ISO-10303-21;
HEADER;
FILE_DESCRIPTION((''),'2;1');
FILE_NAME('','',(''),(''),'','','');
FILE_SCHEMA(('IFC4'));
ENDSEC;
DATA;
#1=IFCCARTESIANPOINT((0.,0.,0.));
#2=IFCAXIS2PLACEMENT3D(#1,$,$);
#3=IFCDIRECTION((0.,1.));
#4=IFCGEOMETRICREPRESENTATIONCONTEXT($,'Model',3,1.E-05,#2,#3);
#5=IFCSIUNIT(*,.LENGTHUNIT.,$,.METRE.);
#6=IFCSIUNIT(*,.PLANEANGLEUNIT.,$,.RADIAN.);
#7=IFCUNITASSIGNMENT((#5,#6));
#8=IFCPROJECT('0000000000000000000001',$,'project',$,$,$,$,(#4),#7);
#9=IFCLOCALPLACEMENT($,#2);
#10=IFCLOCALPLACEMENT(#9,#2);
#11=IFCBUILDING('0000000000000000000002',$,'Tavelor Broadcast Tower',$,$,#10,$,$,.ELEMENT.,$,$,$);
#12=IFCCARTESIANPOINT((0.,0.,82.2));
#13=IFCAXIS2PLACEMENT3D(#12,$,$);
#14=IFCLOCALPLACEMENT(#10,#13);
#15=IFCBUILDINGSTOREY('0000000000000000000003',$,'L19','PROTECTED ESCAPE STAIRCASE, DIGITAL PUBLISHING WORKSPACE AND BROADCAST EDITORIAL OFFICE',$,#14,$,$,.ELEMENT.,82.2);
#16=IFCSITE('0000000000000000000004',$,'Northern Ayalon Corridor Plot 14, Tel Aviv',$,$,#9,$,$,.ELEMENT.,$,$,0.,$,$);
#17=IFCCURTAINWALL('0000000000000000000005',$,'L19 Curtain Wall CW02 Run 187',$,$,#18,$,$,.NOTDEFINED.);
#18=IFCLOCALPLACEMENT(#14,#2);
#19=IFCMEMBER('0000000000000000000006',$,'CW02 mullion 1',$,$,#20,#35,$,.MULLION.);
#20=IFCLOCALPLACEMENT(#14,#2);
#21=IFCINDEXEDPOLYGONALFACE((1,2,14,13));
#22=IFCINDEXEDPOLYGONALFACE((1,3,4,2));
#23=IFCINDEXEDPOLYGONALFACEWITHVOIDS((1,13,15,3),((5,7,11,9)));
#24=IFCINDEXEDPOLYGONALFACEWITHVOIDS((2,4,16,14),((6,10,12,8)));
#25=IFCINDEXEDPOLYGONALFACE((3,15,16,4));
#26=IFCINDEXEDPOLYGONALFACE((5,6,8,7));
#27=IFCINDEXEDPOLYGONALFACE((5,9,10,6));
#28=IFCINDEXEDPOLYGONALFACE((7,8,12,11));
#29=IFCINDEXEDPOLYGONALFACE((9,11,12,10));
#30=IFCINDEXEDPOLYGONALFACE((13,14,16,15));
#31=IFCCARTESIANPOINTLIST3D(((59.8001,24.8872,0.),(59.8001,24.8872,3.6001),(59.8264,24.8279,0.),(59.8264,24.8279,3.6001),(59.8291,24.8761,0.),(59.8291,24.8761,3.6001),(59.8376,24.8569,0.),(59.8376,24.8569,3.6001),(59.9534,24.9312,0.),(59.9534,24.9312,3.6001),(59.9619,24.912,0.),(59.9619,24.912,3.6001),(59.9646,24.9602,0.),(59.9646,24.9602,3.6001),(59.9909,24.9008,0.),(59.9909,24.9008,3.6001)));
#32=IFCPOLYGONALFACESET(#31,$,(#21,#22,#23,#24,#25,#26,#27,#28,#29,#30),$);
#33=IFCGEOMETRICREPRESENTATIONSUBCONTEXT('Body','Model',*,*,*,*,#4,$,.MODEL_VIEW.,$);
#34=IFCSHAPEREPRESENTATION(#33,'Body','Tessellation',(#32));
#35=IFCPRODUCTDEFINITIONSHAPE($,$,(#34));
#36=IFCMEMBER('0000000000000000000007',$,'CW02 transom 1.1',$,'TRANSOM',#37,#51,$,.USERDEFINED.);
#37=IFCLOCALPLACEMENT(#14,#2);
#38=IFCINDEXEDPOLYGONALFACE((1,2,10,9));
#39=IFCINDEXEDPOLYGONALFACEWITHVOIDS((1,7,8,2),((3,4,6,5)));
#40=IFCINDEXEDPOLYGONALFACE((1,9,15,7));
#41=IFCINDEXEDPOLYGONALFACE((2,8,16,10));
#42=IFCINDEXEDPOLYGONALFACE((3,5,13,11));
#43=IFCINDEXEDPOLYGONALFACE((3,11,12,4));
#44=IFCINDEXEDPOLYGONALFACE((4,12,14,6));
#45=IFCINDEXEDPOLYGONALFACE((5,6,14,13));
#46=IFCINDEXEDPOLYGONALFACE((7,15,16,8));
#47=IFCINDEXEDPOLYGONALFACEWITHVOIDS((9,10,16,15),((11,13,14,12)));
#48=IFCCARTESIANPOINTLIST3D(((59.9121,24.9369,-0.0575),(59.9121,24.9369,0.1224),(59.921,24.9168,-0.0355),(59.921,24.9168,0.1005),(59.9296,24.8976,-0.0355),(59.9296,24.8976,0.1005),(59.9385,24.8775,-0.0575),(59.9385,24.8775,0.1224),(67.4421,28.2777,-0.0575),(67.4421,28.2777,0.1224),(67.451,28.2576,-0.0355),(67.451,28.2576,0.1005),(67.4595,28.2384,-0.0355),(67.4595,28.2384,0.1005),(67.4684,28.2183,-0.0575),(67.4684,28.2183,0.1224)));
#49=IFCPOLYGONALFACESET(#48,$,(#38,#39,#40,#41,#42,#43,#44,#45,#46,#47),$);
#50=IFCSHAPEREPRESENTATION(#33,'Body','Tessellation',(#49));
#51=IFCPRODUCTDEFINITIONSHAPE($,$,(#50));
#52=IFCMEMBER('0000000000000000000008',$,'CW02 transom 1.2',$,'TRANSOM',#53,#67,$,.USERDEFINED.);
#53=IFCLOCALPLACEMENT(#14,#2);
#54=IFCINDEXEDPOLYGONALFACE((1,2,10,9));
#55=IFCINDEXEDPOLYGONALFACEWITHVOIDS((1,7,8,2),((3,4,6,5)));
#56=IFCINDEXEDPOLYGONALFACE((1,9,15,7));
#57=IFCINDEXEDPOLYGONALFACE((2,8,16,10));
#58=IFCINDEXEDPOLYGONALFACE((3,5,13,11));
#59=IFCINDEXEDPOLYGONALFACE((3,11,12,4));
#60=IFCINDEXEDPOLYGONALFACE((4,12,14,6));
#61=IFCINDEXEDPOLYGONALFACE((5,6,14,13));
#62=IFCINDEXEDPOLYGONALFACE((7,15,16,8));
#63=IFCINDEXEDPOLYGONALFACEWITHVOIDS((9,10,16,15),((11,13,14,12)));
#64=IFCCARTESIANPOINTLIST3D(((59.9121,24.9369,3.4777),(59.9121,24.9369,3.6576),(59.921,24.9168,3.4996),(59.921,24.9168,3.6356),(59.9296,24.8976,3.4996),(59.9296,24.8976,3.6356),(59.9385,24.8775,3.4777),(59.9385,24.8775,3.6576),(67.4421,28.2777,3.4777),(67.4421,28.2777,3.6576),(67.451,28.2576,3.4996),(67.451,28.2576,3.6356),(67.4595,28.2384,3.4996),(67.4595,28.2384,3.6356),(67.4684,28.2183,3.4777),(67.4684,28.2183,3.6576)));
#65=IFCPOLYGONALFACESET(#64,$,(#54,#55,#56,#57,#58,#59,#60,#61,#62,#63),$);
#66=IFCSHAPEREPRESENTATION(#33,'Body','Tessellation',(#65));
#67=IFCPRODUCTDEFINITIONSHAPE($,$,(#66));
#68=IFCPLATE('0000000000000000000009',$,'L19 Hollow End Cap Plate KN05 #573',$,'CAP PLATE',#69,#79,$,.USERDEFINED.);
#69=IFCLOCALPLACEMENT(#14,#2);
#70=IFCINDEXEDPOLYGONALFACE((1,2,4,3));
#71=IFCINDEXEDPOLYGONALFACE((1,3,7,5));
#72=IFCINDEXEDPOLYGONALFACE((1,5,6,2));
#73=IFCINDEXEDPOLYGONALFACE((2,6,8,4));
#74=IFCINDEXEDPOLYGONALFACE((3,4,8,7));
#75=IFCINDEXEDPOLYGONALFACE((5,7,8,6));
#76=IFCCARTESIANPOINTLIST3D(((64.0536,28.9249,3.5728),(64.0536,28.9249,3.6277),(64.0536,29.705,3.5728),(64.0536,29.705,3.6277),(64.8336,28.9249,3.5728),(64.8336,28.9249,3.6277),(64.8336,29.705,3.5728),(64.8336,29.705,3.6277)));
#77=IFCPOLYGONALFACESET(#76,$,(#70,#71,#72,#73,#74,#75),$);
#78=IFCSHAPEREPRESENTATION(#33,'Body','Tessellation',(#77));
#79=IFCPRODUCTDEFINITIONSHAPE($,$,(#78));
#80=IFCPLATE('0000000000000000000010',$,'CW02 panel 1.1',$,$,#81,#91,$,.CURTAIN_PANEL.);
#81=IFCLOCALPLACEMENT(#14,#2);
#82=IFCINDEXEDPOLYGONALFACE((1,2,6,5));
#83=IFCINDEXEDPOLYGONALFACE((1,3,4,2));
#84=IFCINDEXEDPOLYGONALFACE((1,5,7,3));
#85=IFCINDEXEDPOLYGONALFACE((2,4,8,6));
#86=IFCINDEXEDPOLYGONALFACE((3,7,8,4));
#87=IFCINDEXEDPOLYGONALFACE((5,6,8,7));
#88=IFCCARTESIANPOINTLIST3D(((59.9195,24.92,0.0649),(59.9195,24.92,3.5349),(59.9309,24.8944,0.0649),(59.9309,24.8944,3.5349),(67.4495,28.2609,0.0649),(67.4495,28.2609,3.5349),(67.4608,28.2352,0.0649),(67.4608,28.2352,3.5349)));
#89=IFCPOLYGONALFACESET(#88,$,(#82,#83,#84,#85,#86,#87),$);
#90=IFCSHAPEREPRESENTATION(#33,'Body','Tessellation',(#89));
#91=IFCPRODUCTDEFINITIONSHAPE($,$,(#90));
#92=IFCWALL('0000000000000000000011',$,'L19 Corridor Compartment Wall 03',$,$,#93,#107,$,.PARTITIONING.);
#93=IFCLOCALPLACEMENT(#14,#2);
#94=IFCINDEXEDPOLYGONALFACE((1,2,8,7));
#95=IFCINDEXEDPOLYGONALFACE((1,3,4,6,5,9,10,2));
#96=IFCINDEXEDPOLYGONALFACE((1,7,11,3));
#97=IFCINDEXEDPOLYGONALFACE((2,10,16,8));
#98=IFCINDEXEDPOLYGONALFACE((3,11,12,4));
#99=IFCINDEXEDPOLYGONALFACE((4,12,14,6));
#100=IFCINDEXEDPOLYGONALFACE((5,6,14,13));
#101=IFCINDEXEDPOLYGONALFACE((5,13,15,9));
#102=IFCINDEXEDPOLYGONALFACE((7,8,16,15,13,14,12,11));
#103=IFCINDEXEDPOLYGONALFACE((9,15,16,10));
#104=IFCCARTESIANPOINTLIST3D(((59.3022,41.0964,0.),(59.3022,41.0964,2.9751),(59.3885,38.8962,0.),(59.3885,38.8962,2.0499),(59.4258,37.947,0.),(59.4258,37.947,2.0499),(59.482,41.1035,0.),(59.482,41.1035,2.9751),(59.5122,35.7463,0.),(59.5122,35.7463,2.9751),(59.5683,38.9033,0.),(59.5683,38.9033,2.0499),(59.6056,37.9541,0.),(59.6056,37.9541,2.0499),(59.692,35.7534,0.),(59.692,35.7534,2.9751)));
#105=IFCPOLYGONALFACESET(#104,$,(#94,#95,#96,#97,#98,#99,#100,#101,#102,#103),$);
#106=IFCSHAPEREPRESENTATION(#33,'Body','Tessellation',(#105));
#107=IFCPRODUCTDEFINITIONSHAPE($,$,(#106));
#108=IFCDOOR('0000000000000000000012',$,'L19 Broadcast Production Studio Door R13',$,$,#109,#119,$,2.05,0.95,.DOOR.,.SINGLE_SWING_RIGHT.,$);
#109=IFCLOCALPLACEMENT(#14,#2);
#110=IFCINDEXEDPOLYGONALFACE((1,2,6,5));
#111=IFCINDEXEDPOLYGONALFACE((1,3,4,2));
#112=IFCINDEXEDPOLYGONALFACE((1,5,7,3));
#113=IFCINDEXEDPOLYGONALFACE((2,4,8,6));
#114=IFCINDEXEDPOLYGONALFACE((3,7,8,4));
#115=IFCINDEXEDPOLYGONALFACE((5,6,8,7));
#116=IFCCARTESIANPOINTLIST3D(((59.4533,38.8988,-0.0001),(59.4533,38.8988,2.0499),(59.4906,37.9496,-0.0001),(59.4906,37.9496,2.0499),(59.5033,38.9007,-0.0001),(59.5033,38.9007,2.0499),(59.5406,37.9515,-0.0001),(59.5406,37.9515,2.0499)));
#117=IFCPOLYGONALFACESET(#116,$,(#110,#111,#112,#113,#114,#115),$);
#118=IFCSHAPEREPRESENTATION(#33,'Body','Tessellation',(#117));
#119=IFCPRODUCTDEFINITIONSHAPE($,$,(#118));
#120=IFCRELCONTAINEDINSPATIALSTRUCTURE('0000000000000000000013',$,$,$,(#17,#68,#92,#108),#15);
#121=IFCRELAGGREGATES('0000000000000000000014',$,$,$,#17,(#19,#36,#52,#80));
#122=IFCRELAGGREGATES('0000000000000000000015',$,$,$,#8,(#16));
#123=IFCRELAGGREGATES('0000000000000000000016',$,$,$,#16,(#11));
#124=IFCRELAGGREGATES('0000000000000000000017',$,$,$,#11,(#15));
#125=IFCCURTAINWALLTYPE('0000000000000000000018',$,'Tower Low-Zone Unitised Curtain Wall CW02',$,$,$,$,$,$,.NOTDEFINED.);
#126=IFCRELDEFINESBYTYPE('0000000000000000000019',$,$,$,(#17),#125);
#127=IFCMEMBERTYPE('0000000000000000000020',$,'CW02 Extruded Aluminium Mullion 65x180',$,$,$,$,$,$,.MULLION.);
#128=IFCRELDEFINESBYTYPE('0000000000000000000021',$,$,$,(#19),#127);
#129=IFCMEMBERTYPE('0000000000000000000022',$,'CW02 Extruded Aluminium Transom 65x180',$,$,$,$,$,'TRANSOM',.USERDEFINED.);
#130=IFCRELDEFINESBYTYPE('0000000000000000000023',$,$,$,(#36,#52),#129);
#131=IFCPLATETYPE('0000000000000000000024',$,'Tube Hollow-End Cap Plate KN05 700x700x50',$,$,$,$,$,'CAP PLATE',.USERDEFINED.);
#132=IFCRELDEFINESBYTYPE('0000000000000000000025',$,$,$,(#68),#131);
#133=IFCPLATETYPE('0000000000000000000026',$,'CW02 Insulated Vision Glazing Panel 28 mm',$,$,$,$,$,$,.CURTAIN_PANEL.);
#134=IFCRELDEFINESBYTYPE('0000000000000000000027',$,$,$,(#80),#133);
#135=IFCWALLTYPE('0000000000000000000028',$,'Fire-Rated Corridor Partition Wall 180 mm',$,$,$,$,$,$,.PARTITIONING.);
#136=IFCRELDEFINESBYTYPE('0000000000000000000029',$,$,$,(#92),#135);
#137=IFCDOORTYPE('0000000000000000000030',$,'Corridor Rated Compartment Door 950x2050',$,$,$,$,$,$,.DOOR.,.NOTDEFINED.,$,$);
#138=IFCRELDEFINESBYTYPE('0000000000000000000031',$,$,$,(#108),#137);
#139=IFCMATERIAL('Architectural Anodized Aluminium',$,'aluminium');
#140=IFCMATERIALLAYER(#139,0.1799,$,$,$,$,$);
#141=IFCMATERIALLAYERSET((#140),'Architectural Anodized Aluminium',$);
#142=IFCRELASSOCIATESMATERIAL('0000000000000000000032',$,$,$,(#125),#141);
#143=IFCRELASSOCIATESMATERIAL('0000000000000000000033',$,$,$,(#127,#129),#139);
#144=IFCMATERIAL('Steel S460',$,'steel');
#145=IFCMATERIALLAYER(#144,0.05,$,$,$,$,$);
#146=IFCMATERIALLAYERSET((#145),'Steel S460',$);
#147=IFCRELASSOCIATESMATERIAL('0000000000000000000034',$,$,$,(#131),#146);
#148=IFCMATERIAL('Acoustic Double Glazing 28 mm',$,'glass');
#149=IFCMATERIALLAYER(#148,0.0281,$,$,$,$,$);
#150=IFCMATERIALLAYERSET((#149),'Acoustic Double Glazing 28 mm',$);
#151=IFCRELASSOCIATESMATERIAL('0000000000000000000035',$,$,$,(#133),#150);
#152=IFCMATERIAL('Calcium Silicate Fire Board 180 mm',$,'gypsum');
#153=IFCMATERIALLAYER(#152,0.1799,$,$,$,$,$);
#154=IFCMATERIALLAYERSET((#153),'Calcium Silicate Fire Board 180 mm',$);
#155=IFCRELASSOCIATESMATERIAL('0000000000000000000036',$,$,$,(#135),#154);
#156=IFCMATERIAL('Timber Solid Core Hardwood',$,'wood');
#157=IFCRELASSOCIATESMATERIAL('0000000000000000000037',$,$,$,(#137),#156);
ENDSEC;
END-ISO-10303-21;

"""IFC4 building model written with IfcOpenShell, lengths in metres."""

from ifc_helpers import new_model, si_unit, direction, frame, frame_2d, origin, origin_2d, place, context, subcontext, project, spatial, rectangle, hollow_rectangle, extrude, source, transform, mapped, material, layer, layer_set, material_profile, profile_set, type_object, type_shapes, element, fill, aggregate, save


model = new_model("IFC4")

# Units and contexts
model_context = context("Model", 3, precision=1e-05, world=origin(), true_north=direction((0.0, 1.0)))
body_context = subcontext(model_context, "Body", "Model", "MODEL_VIEW")
ifc_project = project(units=[si_unit("LENGTHUNIT", "METRE"), si_unit("PLANEANGLEUNIT", "RADIAN")], contexts=[model_context])

# Site, building, storey
site_placement = place(None, origin())
site = spatial("IfcSite", under=ifc_project, at=site_placement, Name="Northern Ayalon Corridor Plot 14, Tel Aviv", CompositionType="ELEMENT", RefElevation=0.0)
building_placement = place(site_placement, origin())
building = spatial("IfcBuilding", under=site, at=building_placement, Name="Tavelor Broadcast Tower", CompositionType="ELEMENT")
storey_placement = place(building_placement, frame((0.0, 0.0, 82.2)))
storey = spatial("IfcBuildingStorey", under=building, at=storey_placement, Name="L19", Description="PROTECTED ESCAPE STAIRCASE, DIGITAL PUBLISHING WORKSPACE AND BROADCAST EDITORIAL OFFICE", CompositionType="ELEMENT", Elevation=82.2)

# Shared definitions
ifc_material_1 = material(Name="Steel S460", Category="steel")

# Shared definitions
ifc_material_2 = material(Name="Architectural Anodized Aluminium", Category="aluminium")
ifc_layer_1 = layer(ifc_material_2, 0.1799)
ifc_layer_set_1 = layer_set([ifc_layer_1], Name="Architectural Anodized Aluminium")
curtain_wall_type = type_object("IfcCurtainWallType", Name="Tower Low-Zone Unitised Curtain Wall CW02", PredefinedType="NOTDEFINED", material=ifc_layer_set_1)
ifc_material_profile_1 = material_profile(ifc_material_2, hollow_rectangle(XDim=0.0649, YDim=0.1799, WallThickness=0.022, at=origin_2d()), Name="RHS 65x180x22")
ifc_profile_set_1 = profile_set([ifc_material_profile_1], Name="Architectural Anodized Aluminium")
member_type_1 = type_object("IfcMemberType", Name="CW02 Extruded Aluminium Mullion 65x180", PredefinedType="MULLION", material=ifc_profile_set_1)
shared_shape_1 = source(origin(), body_context, "Body", "SweptSolid", [
    extrude(hollow_rectangle(XDim=0.0649, YDim=0.1799, WallThickness=0.022, at=origin_2d()), origin(), (0.0, 0.0, 1.0), 3.6001),
])
type_shapes(member_type_1, [shared_shape_1])

# Curtain wall, members
curtain_wall_1_placement = place(storey_placement, origin())
curtain_wall_1 = element("IfcCurtainWall", 1, at=curtain_wall_1_placement, inside=storey, type_object=curtain_wall_type, Name="L19 Curtain Wall CW02 Run 187", PredefinedType="NOTDEFINED")
member_1_placement = place(storey_placement, frame((59.8955, 24.894, 0.0), z_axis=(0.0, 0.0, 1.0), x_axis=(-0.405553, 0.914072, 0.0)))
member_1 = element("IfcMember", 2, at=member_1_placement, type_object=member_type_1, Name="CW02 mullion 1", PredefinedType="MULLION", context=body_context, shape_type="MappedRepresentation", body=[
    mapped(shared_shape_1, transform((0.0, 0.0, 0.0), scale=1.0)),
])
ifc_material_profile_2 = material_profile(ifc_material_2, hollow_rectangle(XDim=0.0649, YDim=0.1799, WallThickness=0.022, at=origin_2d()), Name="RHS 65x180x22")
ifc_profile_set_2 = profile_set([ifc_material_profile_2], Name="Architectural Anodized Aluminium")
member_type_2 = type_object("IfcMemberType", Name="CW02 Extruded Aluminium Transom 65x180", ElementType="TRANSOM", PredefinedType="USERDEFINED", material=ifc_profile_set_2)
shared_shape_2 = source(origin(), body_context, "Body", "SweptSolid", [
    extrude(hollow_rectangle(XDim=0.0649, YDim=0.1799, WallThickness=0.022, at=origin_2d()), origin(), (0.0, 0.0, 1.0), 8.2378),
])
type_shapes(member_type_2, [shared_shape_2])
member_2_placement = place(storey_placement, frame((59.9253, 24.9072, 0.0325), z_axis=(0.914075, 0.405544, 0.0), x_axis=(-0.405544, 0.914075, 0.0)))
member_2 = element("IfcMember", 3, at=member_2_placement, type_object=member_type_2, Name="CW02 transom 1.1", ObjectType="TRANSOM", PredefinedType="USERDEFINED", context=body_context, shape_type="MappedRepresentation", body=[
    mapped(shared_shape_2, transform((0.0, 0.0, 0.0), scale=1.0)),
])
member_3_placement = place(storey_placement, frame((59.9253, 24.9072, 3.5676), z_axis=(0.914075, 0.405544, 0.0), x_axis=(-0.405544, 0.914075, 0.0)))
member_3 = element("IfcMember", 4, at=member_3_placement, type_object=member_type_2, Name="CW02 transom 1.2", ObjectType="TRANSOM", PredefinedType="USERDEFINED", context=body_context, shape_type="MappedRepresentation", body=[
    mapped(shared_shape_2, transform((0.0, 0.0, 0.0), scale=1.0)),
])

# Plates
ifc_layer_2 = layer(ifc_material_1, 0.05)
ifc_layer_set_2 = layer_set([ifc_layer_2], Name="Steel S460")
plate_type_1 = type_object("IfcPlateType", Name="Tube Hollow-End Cap Plate KN05 700x700x50", ElementType="CAP PLATE", PredefinedType="USERDEFINED", material=ifc_layer_set_2)
shared_shape_3 = source(origin(), body_context, "Body", "SweptSolid", [
    extrude(rectangle(XDim=0.78, YDim=0.78, at=origin_2d()), origin(), (0.0, 0.0, 1.0), 0.0549),
])
type_shapes(plate_type_1, [shared_shape_3])
plate_1_placement = place(storey_placement, frame((64.4436, 29.3149, 3.5728), z_axis=(0.0, 0.0, 1.0), x_axis=(1.0, 0.0, 0.0)))
element("IfcPlate", 5, at=plate_1_placement, inside=storey, type_object=plate_type_1, Name="L19 Hollow End Cap Plate KN05 #573", ObjectType="CAP PLATE", PredefinedType="USERDEFINED", context=body_context, shape_type="MappedRepresentation", body=[
    mapped(shared_shape_3, transform((0.0, 0.0, 0.0), scale=1.0)),
])
ifc_material_3 = material(Name="Acoustic Double Glazing 28 mm", Category="glass")
ifc_layer_3 = layer(ifc_material_3, 0.0281)
ifc_layer_set_3 = layer_set([ifc_layer_3], Name="Acoustic Double Glazing 28 mm")
plate_type_2 = type_object("IfcPlateType", Name="CW02 Insulated Vision Glazing Panel 28 mm", PredefinedType="CURTAIN_PANEL", material=ifc_layer_set_3)
shared_shape_4 = source(origin(), body_context, "Body", "SweptSolid", [
    extrude(rectangle(XDim=8.2378, YDim=0.0281, at=origin_2d()), origin(), (0.0, 0.0, 1.0), 3.47),
])
type_shapes(plate_type_2, [shared_shape_4])
plate_2_placement = place(storey_placement, frame((63.6902, 26.5776, 0.0649), z_axis=(0.0, 0.0, 1.0), x_axis=(0.914072, 0.405553, 0.0)))
plate_2 = element("IfcPlate", 6, at=plate_2_placement, type_object=plate_type_2, Name="CW02 panel 1.1", PredefinedType="CURTAIN_PANEL", context=body_context, shape_type="MappedRepresentation", body=[
    mapped(shared_shape_4, transform((0.0, 0.0, 0.0), scale=1.0)),
])
aggregate(curtain_wall_1, [member_1, member_2, member_3, plate_2])

# Wall, opening, door
ifc_material_4 = material(Name="Calcium Silicate Fire Board 180 mm", Category="gypsum")
ifc_layer_4 = layer(ifc_material_4, 0.1799)
ifc_layer_set_4 = layer_set([ifc_layer_4], Name="Calcium Silicate Fire Board 180 mm")
wall_type_1 = type_object("IfcWallType", Name="Fire-Rated Corridor Partition Wall 180 mm", PredefinedType="PARTITIONING", material=ifc_layer_set_4)
wall_1_placement = place(storey_placement, frame((59.3921, 41.1001, 0.0), z_axis=(0.0, 0.0, 1.0), x_axis=(0.039214, -0.999231, 0.0)))
wall_1 = element("IfcWall", 7, at=wall_1_placement, inside=storey, type_object=wall_type_1, Name="L19 Corridor Compartment Wall 03", PredefinedType="PARTITIONING", context=body_context, shape_type="SweptSolid", body=[
    extrude(rectangle(XDim=5.3542, YDim=0.1799, at=frame_2d((2.6772, 0.0))), origin(), (0.0, 0.0, 1.0), 2.9751),
])
opening_1_placement = place(wall_1_placement, frame((2.2019, 0.0, 0.0)))
opening_1 = element("IfcOpeningElement", 8, at=opening_1_placement, cuts=wall_1, PredefinedType="OPENING", context=body_context, shape_type="SweptSolid", body=[
    extrude(rectangle(XDim=0.95, YDim=2.05, at=frame_2d((0.4751, 1.0249))), frame((0.0, 0.1001, 0.0), z_axis=(0.0, -1.0, 0.0), x_axis=(1.0, 0.0, 0.0)), (0.0, 0.0, 1.0), 0.2),
])
ifc_material_5 = material(Name="Timber Solid Core Hardwood", Category="wood")
door_type_1 = type_object("IfcDoorType", Name="Corridor Rated Compartment Door 950x2050", OperationType="NOTDEFINED", PredefinedType="DOOR", material=ifc_material_5)
door_1_placement = place(opening_1_placement, origin())
door_1 = element("IfcDoor", 9, at=door_1_placement, inside=storey, type_object=door_type_1, Name="L19 Broadcast Production Studio Door R13", OperationType="SINGLE_SWING_RIGHT", OverallHeight=2.05, OverallWidth=0.95, PredefinedType="DOOR", context=body_context, shape_type="SweptSolid", body=[
    extrude(rectangle(XDim=0.95, YDim=2.05, at=frame_2d((0.4751, 1.0249))), frame((0.0, 0.0249, 0.0), z_axis=(0.0, -1.0, 0.0), x_axis=(1.0, 0.0, 0.0)), (0.0, 0.0, 1.0), 0.05),
])
fill(opening_1, door_1)

save(model, "model.ifc")
